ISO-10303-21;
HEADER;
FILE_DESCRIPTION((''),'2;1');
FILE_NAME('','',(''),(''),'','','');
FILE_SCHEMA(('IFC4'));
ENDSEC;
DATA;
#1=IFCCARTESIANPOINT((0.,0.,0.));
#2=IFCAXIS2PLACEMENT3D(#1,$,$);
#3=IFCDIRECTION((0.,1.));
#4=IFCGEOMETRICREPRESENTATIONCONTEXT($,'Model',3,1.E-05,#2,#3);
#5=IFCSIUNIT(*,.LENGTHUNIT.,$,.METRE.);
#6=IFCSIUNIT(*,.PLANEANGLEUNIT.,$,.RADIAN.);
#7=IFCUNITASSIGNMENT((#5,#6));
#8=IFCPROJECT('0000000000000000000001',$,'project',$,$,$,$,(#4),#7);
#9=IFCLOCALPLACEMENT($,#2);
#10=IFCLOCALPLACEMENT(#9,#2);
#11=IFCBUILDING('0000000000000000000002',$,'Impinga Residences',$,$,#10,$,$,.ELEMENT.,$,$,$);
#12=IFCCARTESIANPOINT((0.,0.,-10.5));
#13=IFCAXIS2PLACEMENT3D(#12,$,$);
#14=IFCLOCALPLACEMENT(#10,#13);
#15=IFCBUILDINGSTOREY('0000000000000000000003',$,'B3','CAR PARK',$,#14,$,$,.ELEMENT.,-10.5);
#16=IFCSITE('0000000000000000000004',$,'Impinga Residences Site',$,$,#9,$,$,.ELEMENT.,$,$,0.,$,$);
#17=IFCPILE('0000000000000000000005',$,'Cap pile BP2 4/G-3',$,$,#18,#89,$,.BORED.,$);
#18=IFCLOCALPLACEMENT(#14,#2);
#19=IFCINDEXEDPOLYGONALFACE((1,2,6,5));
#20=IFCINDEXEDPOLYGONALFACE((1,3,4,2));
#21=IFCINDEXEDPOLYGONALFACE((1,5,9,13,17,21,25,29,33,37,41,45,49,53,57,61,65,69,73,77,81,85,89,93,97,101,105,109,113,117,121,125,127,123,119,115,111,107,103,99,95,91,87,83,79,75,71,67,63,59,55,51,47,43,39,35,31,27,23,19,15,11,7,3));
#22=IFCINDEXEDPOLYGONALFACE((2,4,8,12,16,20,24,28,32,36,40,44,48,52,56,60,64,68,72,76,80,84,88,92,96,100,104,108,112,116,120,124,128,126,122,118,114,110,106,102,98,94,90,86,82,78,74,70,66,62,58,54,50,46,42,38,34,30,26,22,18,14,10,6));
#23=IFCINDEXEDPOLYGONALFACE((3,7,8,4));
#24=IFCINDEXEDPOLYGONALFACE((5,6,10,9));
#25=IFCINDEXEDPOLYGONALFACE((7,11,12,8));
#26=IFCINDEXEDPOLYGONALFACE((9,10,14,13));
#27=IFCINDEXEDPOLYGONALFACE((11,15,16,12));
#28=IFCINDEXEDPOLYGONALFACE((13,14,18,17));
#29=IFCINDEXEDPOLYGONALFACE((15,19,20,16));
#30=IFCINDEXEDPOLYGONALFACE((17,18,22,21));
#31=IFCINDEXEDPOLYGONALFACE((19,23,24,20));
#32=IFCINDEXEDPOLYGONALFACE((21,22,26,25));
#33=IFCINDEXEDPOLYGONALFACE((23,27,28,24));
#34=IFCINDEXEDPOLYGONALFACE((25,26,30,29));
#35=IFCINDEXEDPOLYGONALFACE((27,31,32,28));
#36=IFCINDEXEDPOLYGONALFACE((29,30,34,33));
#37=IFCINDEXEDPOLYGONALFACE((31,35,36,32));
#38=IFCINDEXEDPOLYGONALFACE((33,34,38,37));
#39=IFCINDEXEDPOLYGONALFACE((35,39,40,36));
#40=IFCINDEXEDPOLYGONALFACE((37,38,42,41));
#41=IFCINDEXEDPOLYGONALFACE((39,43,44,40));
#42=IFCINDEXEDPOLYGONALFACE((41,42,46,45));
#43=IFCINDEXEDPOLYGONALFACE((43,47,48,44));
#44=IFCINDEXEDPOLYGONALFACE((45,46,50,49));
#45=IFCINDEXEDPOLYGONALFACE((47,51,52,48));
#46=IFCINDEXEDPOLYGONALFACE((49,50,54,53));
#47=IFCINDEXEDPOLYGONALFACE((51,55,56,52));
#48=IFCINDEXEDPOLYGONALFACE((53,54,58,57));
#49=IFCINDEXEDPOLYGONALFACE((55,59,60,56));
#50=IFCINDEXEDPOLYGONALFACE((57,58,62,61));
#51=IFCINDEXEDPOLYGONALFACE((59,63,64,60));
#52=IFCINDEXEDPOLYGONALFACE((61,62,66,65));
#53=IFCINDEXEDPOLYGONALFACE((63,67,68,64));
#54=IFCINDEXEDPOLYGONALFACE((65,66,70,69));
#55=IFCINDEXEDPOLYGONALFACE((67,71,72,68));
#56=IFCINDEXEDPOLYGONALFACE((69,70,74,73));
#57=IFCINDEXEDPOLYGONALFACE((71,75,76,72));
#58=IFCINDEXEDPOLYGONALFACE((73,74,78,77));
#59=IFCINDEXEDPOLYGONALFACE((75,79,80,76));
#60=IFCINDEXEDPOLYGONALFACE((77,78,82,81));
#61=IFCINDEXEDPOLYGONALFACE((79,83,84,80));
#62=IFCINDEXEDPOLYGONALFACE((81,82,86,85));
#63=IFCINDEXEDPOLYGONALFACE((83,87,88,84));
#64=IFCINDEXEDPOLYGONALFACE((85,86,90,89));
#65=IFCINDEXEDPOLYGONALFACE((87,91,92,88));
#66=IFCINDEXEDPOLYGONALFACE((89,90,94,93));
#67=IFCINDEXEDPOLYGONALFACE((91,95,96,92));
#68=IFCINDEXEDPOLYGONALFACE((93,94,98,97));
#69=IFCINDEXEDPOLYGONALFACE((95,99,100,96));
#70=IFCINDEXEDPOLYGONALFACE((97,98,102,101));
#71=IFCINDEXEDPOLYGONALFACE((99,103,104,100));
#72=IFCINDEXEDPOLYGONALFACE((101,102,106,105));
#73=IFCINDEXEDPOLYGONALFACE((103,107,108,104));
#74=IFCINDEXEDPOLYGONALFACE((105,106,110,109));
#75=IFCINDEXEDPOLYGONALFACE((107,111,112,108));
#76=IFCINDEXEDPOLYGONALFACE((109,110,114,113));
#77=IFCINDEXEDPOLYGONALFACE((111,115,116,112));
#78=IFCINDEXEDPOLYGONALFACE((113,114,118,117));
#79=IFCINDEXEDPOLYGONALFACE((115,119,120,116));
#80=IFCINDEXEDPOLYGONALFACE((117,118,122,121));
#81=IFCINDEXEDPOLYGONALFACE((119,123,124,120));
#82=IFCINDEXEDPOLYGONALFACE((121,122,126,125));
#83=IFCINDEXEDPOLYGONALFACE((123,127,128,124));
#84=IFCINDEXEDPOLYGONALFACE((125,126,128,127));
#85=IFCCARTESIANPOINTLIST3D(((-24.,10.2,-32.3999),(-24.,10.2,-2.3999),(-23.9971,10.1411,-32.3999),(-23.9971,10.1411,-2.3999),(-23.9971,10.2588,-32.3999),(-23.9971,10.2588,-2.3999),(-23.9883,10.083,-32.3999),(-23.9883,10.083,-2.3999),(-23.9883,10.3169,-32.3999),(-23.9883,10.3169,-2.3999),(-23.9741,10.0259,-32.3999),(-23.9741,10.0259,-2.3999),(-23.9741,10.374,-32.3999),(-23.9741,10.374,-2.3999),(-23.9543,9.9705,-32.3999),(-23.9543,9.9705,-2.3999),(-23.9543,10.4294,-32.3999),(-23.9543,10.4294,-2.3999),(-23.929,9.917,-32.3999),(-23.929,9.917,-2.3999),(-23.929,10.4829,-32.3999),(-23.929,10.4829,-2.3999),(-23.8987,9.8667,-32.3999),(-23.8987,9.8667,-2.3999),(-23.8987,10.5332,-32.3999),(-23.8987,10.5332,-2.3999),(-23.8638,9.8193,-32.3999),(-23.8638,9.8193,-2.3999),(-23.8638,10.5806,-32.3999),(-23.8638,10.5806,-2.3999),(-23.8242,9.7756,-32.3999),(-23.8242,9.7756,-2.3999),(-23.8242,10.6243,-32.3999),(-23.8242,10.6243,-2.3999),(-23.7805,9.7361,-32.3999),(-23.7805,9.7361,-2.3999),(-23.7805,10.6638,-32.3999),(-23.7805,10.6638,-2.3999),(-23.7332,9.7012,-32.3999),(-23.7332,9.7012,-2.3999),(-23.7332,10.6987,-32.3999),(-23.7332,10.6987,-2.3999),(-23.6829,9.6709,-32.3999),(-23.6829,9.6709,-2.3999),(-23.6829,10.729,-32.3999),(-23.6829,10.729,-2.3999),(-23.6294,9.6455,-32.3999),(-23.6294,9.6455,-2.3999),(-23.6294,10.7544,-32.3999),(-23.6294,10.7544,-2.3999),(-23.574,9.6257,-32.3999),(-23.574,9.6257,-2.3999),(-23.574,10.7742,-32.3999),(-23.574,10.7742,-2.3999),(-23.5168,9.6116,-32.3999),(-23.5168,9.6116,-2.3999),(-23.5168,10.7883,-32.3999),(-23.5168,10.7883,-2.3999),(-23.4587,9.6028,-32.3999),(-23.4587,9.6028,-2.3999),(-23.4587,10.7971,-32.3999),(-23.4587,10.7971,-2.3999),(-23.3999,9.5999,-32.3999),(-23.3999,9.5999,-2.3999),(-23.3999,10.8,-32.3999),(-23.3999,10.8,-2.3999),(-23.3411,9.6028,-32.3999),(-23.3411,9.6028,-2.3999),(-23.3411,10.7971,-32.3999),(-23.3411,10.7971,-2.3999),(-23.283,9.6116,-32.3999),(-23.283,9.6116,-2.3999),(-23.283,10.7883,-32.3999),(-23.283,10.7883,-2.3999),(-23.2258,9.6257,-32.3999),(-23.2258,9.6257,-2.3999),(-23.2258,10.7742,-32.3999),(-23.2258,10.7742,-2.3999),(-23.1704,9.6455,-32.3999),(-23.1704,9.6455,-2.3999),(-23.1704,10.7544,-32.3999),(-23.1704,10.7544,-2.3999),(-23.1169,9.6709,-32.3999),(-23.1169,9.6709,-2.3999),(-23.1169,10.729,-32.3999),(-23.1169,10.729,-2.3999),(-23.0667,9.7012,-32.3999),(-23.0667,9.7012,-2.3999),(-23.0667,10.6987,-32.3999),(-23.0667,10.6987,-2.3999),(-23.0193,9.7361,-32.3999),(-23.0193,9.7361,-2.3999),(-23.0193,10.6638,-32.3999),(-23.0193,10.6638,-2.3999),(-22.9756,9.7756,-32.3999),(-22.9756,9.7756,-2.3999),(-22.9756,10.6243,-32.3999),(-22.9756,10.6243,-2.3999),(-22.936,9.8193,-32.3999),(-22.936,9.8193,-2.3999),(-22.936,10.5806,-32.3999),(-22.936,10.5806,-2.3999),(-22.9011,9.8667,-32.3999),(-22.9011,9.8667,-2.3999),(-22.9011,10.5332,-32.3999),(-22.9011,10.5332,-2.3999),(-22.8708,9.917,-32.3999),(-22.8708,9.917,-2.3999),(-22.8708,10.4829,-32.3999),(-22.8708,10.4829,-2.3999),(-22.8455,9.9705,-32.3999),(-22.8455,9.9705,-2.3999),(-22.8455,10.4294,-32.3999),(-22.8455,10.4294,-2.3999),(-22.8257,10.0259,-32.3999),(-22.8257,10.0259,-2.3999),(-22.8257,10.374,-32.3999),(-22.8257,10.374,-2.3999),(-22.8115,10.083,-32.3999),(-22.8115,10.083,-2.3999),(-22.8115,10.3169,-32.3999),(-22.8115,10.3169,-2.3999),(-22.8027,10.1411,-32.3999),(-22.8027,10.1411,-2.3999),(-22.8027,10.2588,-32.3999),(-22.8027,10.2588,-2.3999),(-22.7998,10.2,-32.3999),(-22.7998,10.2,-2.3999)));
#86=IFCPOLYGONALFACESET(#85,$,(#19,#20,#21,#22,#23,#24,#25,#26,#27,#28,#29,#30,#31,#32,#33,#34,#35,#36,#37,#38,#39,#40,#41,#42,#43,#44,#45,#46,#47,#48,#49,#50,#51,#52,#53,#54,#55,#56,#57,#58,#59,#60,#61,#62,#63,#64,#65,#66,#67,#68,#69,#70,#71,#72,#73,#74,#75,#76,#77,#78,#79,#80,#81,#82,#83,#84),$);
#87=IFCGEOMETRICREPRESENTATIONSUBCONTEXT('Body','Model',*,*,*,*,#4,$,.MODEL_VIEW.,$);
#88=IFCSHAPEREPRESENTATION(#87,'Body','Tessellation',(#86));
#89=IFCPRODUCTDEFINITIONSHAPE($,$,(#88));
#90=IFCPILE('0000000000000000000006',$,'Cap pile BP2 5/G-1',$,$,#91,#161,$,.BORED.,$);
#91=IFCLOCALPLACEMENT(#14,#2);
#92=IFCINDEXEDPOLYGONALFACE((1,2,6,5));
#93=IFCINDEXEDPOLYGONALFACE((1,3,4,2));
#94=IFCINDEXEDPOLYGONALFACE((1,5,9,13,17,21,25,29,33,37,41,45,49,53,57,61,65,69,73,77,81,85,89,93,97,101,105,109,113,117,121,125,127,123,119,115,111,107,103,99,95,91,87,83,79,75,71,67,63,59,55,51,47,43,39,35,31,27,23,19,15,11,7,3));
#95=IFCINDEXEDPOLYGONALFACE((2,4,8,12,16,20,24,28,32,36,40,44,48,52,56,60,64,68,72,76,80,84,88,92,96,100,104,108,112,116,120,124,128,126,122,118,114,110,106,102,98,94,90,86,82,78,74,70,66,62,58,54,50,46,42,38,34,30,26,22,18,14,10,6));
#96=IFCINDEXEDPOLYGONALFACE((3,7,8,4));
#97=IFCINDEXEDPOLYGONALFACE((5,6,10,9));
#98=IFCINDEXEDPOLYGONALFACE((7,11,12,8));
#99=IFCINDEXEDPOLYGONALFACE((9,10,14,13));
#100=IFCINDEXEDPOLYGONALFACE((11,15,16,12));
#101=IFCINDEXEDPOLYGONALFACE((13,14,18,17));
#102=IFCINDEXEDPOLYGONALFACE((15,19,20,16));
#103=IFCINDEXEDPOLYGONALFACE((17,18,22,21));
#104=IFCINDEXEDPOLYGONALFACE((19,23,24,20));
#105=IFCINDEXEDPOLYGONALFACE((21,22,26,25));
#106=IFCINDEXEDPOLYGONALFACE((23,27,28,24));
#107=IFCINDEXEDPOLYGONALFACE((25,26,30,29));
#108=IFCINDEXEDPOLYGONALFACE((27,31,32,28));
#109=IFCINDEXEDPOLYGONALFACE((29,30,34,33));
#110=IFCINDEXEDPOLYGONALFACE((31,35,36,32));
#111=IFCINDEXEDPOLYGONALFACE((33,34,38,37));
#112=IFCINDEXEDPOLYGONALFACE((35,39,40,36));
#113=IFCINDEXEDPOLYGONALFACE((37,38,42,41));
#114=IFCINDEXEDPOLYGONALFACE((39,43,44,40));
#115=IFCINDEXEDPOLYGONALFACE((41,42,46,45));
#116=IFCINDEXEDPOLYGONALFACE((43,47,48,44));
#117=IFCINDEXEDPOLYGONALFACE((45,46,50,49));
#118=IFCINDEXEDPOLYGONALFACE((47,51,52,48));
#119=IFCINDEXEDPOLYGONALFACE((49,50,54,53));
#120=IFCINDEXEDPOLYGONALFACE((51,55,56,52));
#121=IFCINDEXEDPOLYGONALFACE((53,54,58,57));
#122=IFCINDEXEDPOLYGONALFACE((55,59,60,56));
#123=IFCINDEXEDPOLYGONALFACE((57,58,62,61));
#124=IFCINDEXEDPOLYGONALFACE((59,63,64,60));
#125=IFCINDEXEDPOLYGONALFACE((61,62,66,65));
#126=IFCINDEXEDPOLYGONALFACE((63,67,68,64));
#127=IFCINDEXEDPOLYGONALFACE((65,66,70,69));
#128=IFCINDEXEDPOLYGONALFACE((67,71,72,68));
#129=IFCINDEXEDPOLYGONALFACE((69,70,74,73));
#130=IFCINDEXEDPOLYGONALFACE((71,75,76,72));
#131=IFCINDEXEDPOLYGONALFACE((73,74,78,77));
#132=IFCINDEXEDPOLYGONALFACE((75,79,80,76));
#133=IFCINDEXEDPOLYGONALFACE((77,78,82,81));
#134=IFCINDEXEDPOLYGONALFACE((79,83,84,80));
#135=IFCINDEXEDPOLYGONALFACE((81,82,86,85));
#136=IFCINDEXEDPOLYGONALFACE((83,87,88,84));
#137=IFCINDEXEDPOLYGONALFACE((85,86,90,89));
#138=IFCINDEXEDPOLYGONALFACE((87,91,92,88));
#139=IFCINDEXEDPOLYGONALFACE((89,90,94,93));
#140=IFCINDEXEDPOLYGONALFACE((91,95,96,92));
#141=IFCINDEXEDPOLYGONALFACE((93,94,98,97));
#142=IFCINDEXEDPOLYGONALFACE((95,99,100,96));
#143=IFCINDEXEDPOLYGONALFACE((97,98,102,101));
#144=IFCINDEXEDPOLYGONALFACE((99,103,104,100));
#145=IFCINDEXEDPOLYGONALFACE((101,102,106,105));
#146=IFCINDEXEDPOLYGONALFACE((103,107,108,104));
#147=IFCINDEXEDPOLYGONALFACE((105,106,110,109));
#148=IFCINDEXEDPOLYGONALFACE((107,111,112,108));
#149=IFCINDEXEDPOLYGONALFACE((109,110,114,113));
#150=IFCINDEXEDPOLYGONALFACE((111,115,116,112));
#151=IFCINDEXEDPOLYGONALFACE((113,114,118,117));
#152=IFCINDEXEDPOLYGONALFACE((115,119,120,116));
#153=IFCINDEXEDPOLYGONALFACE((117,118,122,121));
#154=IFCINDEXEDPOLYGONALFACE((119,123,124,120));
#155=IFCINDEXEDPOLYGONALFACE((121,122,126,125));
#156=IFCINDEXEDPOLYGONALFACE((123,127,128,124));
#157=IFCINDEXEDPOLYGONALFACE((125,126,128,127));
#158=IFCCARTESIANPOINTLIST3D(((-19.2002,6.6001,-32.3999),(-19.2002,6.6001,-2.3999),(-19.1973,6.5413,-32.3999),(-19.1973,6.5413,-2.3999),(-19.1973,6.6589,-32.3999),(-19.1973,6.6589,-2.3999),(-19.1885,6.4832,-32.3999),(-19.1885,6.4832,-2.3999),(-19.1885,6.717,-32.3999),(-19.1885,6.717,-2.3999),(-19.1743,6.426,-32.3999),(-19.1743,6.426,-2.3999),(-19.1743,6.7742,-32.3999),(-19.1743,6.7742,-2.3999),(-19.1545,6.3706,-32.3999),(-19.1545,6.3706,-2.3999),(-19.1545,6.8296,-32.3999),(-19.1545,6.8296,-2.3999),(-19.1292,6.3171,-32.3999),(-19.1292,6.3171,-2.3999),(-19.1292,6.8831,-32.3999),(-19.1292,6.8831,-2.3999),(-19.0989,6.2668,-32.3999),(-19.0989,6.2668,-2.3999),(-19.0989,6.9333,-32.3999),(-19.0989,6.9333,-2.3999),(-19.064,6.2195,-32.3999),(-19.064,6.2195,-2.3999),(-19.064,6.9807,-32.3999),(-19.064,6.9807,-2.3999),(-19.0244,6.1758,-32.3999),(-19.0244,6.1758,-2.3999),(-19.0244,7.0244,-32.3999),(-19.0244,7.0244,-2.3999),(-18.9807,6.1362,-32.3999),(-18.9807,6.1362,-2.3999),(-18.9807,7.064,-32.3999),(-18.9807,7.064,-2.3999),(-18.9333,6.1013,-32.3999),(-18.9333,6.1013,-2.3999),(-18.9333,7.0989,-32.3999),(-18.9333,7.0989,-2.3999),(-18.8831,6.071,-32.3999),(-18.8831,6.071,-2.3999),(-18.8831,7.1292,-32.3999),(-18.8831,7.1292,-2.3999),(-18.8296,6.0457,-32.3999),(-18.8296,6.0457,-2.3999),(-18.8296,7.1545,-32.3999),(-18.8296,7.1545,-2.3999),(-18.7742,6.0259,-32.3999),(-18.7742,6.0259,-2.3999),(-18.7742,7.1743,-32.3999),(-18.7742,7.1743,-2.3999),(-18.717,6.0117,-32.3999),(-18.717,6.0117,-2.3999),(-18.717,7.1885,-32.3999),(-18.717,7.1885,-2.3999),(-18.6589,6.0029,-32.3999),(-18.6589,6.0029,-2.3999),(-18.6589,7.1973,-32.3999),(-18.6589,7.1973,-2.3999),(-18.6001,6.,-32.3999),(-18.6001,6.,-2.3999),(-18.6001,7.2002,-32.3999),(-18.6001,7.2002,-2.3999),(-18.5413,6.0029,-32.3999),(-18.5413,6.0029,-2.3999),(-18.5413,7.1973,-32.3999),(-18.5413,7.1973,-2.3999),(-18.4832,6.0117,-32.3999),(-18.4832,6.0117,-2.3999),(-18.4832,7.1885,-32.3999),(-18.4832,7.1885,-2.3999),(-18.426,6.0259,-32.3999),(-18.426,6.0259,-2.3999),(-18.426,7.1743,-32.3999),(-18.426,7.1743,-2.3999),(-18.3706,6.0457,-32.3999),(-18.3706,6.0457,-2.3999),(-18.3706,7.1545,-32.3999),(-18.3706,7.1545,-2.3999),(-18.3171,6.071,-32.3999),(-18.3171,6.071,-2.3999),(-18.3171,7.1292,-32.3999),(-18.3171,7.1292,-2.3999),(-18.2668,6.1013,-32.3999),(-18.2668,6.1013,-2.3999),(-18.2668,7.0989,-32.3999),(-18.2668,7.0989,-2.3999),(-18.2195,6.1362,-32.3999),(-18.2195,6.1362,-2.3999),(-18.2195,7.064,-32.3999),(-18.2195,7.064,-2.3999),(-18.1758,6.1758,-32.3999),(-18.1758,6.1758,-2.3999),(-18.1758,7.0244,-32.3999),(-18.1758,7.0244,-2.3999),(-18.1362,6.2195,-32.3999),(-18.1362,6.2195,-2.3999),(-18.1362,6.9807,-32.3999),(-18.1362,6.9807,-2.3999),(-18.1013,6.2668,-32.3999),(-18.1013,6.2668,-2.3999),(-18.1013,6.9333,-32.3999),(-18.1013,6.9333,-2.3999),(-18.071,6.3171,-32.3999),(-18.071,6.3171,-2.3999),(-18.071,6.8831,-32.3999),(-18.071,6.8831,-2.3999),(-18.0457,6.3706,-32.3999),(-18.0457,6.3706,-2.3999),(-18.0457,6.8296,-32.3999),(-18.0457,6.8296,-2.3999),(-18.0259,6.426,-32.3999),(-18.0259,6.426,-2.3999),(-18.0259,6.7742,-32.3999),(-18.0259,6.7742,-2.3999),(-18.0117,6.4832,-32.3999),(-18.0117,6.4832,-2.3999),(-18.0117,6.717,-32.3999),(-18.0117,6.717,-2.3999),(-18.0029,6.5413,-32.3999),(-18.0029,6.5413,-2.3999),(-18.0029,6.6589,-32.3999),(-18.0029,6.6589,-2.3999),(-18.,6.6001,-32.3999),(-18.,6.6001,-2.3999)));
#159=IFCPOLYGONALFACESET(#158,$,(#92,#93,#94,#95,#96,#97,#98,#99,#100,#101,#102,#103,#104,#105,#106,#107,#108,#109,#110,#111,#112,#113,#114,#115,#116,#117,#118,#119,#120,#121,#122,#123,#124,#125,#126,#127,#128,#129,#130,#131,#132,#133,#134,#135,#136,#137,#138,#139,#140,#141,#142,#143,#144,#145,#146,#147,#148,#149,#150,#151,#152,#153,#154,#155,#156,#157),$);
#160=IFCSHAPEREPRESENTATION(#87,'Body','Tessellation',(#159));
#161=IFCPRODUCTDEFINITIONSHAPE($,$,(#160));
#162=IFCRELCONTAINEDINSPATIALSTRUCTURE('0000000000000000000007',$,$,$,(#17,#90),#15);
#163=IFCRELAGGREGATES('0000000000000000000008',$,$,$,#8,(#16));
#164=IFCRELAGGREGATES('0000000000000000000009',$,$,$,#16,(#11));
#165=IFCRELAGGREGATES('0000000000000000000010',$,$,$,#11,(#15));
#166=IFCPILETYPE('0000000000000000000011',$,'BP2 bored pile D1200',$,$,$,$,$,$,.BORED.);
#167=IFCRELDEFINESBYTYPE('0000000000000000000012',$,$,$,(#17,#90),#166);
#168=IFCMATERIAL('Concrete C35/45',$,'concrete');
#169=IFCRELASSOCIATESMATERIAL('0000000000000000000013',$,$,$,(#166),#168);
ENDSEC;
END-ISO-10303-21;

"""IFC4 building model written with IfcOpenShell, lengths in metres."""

from ifc_helpers import new_model, si_unit, direction, frame, origin, origin_2d, place, context, subcontext, project, spatial, polyline, circle, outline, extrude, material, material_profile, profile_set, type_object, element, save


model = new_model("IFC4")

# Units and contexts
model_context = context("Model", 3, precision=1e-05, world=origin(), true_north=direction((0.0, 1.0)))
body_context = subcontext(model_context, "Body", "Model", "MODEL_VIEW")
ifc_project = project(units=[si_unit("LENGTHUNIT", "METRE"), si_unit("PLANEANGLEUNIT", "RADIAN")], contexts=[model_context])

# Site, building, storey
site_placement = place(None, origin())
site = spatial("IfcSite", under=ifc_project, at=site_placement, Name="Impinga Residences Site", CompositionType="ELEMENT", RefElevation=0.0)
building_placement = place(site_placement, origin())
building = spatial("IfcBuilding", under=site, at=building_placement, Name="Impinga Residences", CompositionType="ELEMENT")
storey_placement = place(building_placement, frame((0.0, 0.0, -10.5)))
storey = spatial("IfcBuildingStorey", under=building, at=storey_placement, Name="B3", Description="CAR PARK", CompositionType="ELEMENT", Elevation=-10.5)

# Piles
ifc_material_1 = material(Name="Concrete C35/45", Category="concrete")
ifc_material_profile_1 = material_profile(ifc_material_1, circle(Radius=0.6001, at=origin_2d()), Name="D1200")
ifc_profile_set_1 = profile_set([ifc_material_profile_1], Name="Concrete C35/45")
pile_type_1 = type_object("IfcPileType", Name="BP2 bored pile D1200", PredefinedType="BORED", material=ifc_profile_set_1)
pile_1_placement = place(storey_placement, frame((-23.3999, 10.2, -2.3999), z_axis=(0.0, 0.0, -1.0), x_axis=(1.0, 0.0, 0.0)))
element("IfcPile", 1, at=pile_1_placement, inside=storey, type_object=pile_type_1, Name="Cap pile BP2 4/G-3", PredefinedType="BORED", context=body_context, shape_type="SweptSolid", body=[
    extrude(outline(polyline([(0.6001, 0.0), (0.5972, 0.0588), (0.5884, 0.1169), (0.5742, 0.1741), (0.5544, 0.2295), (0.5291, 0.283), (0.4988, 0.3333), (0.4639, 0.3806), (0.4243, 0.4243), (0.3806, 0.4639), (0.3333, 0.4988), (0.283, 0.5291), (0.2295, 0.5544), (0.1741, 0.5742), (0.1169, 0.5884), (0.0588, 0.5972), (0.0, 0.6001), (-0.0588, 0.5972), (-0.1169, 0.5884), (-0.1741, 0.5742), (-0.2295, 0.5544), (-0.283, 0.5291), (-0.3333, 0.4988), (-0.3806, 0.4639), (-0.4243, 0.4243), (-0.4639, 0.3806), (-0.4988, 0.3333), (-0.5291, 0.283), (-0.5544, 0.2295), (-0.5742, 0.1741), (-0.5884, 0.1169), (-0.5972, 0.0588), (-0.6001, 0.0), (-0.5972, -0.0588), (-0.5884, -0.1169), (-0.5742, -0.1741), (-0.5544, -0.2295), (-0.5291, -0.283), (-0.4988, -0.3333), (-0.4639, -0.3806), (-0.4243, -0.4243), (-0.3806, -0.4639), (-0.3333, -0.4988), (-0.283, -0.5291), (-0.2295, -0.5544), (-0.1741, -0.5742), (-0.1169, -0.5884), (-0.0588, -0.5972), (0.0, -0.6001), (0.0588, -0.5972), (0.1169, -0.5884), (0.1741, -0.5742), (0.2295, -0.5544), (0.283, -0.5291), (0.3333, -0.4988), (0.3806, -0.4639), (0.4243, -0.4243), (0.4639, -0.3806), (0.4988, -0.3333), (0.5291, -0.283), (0.5544, -0.2295), (0.5742, -0.1741), (0.5884, -0.1169), (0.5972, -0.0588), (0.6001, 0.0)])), origin(), (0.0, 0.0, 1.0), 30.0),
])
pile_2_placement = place(storey_placement, frame((-18.6001, 6.6001, -2.3999), z_axis=(0.0, 0.0, -1.0), x_axis=(1.0, 0.0, 0.0)))
element("IfcPile", 2, at=pile_2_placement, inside=storey, type_object=pile_type_1, Name="Cap pile BP2 5/G-1", PredefinedType="BORED", context=body_context, shape_type="SweptSolid", body=[
    extrude(outline(polyline([(0.6001, 0.0), (0.5972, 0.0588), (0.5884, 0.1169), (0.5742, 0.1741), (0.5544, 0.2295), (0.5291, 0.283), (0.4988, 0.3333), (0.4639, 0.3806), (0.4243, 0.4243), (0.3806, 0.4639), (0.3333, 0.4988), (0.283, 0.5291), (0.2295, 0.5544), (0.1741, 0.5742), (0.1169, 0.5884), (0.0588, 0.5972), (0.0, 0.6001), (-0.0588, 0.5972), (-0.1169, 0.5884), (-0.1741, 0.5742), (-0.2295, 0.5544), (-0.283, 0.5291), (-0.3333, 0.4988), (-0.3806, 0.4639), (-0.4243, 0.4243), (-0.4639, 0.3806), (-0.4988, 0.3333), (-0.5291, 0.283), (-0.5544, 0.2295), (-0.5742, 0.1741), (-0.5884, 0.1169), (-0.5972, 0.0588), (-0.6001, 0.0), (-0.5972, -0.0588), (-0.5884, -0.1169), (-0.5742, -0.1741), (-0.5544, -0.2295), (-0.5291, -0.283), (-0.4988, -0.3333), (-0.4639, -0.3806), (-0.4243, -0.4243), (-0.3806, -0.4639), (-0.3333, -0.4988), (-0.283, -0.5291), (-0.2295, -0.5544), (-0.1741, -0.5742), (-0.1169, -0.5884), (-0.0588, -0.5972), (0.0, -0.6001), (0.0588, -0.5972), (0.1169, -0.5884), (0.1741, -0.5742), (0.2295, -0.5544), (0.283, -0.5291), (0.3333, -0.4988), (0.3806, -0.4639), (0.4243, -0.4243), (0.4639, -0.3806), (0.4988, -0.3333), (0.5291, -0.283), (0.5544, -0.2295), (0.5742, -0.1741), (0.5884, -0.1169), (0.5972, -0.0588), (0.6001, 0.0)])), origin(), (0.0, 0.0, 1.0), 30.0),
])

save(model, "model.ifc")
